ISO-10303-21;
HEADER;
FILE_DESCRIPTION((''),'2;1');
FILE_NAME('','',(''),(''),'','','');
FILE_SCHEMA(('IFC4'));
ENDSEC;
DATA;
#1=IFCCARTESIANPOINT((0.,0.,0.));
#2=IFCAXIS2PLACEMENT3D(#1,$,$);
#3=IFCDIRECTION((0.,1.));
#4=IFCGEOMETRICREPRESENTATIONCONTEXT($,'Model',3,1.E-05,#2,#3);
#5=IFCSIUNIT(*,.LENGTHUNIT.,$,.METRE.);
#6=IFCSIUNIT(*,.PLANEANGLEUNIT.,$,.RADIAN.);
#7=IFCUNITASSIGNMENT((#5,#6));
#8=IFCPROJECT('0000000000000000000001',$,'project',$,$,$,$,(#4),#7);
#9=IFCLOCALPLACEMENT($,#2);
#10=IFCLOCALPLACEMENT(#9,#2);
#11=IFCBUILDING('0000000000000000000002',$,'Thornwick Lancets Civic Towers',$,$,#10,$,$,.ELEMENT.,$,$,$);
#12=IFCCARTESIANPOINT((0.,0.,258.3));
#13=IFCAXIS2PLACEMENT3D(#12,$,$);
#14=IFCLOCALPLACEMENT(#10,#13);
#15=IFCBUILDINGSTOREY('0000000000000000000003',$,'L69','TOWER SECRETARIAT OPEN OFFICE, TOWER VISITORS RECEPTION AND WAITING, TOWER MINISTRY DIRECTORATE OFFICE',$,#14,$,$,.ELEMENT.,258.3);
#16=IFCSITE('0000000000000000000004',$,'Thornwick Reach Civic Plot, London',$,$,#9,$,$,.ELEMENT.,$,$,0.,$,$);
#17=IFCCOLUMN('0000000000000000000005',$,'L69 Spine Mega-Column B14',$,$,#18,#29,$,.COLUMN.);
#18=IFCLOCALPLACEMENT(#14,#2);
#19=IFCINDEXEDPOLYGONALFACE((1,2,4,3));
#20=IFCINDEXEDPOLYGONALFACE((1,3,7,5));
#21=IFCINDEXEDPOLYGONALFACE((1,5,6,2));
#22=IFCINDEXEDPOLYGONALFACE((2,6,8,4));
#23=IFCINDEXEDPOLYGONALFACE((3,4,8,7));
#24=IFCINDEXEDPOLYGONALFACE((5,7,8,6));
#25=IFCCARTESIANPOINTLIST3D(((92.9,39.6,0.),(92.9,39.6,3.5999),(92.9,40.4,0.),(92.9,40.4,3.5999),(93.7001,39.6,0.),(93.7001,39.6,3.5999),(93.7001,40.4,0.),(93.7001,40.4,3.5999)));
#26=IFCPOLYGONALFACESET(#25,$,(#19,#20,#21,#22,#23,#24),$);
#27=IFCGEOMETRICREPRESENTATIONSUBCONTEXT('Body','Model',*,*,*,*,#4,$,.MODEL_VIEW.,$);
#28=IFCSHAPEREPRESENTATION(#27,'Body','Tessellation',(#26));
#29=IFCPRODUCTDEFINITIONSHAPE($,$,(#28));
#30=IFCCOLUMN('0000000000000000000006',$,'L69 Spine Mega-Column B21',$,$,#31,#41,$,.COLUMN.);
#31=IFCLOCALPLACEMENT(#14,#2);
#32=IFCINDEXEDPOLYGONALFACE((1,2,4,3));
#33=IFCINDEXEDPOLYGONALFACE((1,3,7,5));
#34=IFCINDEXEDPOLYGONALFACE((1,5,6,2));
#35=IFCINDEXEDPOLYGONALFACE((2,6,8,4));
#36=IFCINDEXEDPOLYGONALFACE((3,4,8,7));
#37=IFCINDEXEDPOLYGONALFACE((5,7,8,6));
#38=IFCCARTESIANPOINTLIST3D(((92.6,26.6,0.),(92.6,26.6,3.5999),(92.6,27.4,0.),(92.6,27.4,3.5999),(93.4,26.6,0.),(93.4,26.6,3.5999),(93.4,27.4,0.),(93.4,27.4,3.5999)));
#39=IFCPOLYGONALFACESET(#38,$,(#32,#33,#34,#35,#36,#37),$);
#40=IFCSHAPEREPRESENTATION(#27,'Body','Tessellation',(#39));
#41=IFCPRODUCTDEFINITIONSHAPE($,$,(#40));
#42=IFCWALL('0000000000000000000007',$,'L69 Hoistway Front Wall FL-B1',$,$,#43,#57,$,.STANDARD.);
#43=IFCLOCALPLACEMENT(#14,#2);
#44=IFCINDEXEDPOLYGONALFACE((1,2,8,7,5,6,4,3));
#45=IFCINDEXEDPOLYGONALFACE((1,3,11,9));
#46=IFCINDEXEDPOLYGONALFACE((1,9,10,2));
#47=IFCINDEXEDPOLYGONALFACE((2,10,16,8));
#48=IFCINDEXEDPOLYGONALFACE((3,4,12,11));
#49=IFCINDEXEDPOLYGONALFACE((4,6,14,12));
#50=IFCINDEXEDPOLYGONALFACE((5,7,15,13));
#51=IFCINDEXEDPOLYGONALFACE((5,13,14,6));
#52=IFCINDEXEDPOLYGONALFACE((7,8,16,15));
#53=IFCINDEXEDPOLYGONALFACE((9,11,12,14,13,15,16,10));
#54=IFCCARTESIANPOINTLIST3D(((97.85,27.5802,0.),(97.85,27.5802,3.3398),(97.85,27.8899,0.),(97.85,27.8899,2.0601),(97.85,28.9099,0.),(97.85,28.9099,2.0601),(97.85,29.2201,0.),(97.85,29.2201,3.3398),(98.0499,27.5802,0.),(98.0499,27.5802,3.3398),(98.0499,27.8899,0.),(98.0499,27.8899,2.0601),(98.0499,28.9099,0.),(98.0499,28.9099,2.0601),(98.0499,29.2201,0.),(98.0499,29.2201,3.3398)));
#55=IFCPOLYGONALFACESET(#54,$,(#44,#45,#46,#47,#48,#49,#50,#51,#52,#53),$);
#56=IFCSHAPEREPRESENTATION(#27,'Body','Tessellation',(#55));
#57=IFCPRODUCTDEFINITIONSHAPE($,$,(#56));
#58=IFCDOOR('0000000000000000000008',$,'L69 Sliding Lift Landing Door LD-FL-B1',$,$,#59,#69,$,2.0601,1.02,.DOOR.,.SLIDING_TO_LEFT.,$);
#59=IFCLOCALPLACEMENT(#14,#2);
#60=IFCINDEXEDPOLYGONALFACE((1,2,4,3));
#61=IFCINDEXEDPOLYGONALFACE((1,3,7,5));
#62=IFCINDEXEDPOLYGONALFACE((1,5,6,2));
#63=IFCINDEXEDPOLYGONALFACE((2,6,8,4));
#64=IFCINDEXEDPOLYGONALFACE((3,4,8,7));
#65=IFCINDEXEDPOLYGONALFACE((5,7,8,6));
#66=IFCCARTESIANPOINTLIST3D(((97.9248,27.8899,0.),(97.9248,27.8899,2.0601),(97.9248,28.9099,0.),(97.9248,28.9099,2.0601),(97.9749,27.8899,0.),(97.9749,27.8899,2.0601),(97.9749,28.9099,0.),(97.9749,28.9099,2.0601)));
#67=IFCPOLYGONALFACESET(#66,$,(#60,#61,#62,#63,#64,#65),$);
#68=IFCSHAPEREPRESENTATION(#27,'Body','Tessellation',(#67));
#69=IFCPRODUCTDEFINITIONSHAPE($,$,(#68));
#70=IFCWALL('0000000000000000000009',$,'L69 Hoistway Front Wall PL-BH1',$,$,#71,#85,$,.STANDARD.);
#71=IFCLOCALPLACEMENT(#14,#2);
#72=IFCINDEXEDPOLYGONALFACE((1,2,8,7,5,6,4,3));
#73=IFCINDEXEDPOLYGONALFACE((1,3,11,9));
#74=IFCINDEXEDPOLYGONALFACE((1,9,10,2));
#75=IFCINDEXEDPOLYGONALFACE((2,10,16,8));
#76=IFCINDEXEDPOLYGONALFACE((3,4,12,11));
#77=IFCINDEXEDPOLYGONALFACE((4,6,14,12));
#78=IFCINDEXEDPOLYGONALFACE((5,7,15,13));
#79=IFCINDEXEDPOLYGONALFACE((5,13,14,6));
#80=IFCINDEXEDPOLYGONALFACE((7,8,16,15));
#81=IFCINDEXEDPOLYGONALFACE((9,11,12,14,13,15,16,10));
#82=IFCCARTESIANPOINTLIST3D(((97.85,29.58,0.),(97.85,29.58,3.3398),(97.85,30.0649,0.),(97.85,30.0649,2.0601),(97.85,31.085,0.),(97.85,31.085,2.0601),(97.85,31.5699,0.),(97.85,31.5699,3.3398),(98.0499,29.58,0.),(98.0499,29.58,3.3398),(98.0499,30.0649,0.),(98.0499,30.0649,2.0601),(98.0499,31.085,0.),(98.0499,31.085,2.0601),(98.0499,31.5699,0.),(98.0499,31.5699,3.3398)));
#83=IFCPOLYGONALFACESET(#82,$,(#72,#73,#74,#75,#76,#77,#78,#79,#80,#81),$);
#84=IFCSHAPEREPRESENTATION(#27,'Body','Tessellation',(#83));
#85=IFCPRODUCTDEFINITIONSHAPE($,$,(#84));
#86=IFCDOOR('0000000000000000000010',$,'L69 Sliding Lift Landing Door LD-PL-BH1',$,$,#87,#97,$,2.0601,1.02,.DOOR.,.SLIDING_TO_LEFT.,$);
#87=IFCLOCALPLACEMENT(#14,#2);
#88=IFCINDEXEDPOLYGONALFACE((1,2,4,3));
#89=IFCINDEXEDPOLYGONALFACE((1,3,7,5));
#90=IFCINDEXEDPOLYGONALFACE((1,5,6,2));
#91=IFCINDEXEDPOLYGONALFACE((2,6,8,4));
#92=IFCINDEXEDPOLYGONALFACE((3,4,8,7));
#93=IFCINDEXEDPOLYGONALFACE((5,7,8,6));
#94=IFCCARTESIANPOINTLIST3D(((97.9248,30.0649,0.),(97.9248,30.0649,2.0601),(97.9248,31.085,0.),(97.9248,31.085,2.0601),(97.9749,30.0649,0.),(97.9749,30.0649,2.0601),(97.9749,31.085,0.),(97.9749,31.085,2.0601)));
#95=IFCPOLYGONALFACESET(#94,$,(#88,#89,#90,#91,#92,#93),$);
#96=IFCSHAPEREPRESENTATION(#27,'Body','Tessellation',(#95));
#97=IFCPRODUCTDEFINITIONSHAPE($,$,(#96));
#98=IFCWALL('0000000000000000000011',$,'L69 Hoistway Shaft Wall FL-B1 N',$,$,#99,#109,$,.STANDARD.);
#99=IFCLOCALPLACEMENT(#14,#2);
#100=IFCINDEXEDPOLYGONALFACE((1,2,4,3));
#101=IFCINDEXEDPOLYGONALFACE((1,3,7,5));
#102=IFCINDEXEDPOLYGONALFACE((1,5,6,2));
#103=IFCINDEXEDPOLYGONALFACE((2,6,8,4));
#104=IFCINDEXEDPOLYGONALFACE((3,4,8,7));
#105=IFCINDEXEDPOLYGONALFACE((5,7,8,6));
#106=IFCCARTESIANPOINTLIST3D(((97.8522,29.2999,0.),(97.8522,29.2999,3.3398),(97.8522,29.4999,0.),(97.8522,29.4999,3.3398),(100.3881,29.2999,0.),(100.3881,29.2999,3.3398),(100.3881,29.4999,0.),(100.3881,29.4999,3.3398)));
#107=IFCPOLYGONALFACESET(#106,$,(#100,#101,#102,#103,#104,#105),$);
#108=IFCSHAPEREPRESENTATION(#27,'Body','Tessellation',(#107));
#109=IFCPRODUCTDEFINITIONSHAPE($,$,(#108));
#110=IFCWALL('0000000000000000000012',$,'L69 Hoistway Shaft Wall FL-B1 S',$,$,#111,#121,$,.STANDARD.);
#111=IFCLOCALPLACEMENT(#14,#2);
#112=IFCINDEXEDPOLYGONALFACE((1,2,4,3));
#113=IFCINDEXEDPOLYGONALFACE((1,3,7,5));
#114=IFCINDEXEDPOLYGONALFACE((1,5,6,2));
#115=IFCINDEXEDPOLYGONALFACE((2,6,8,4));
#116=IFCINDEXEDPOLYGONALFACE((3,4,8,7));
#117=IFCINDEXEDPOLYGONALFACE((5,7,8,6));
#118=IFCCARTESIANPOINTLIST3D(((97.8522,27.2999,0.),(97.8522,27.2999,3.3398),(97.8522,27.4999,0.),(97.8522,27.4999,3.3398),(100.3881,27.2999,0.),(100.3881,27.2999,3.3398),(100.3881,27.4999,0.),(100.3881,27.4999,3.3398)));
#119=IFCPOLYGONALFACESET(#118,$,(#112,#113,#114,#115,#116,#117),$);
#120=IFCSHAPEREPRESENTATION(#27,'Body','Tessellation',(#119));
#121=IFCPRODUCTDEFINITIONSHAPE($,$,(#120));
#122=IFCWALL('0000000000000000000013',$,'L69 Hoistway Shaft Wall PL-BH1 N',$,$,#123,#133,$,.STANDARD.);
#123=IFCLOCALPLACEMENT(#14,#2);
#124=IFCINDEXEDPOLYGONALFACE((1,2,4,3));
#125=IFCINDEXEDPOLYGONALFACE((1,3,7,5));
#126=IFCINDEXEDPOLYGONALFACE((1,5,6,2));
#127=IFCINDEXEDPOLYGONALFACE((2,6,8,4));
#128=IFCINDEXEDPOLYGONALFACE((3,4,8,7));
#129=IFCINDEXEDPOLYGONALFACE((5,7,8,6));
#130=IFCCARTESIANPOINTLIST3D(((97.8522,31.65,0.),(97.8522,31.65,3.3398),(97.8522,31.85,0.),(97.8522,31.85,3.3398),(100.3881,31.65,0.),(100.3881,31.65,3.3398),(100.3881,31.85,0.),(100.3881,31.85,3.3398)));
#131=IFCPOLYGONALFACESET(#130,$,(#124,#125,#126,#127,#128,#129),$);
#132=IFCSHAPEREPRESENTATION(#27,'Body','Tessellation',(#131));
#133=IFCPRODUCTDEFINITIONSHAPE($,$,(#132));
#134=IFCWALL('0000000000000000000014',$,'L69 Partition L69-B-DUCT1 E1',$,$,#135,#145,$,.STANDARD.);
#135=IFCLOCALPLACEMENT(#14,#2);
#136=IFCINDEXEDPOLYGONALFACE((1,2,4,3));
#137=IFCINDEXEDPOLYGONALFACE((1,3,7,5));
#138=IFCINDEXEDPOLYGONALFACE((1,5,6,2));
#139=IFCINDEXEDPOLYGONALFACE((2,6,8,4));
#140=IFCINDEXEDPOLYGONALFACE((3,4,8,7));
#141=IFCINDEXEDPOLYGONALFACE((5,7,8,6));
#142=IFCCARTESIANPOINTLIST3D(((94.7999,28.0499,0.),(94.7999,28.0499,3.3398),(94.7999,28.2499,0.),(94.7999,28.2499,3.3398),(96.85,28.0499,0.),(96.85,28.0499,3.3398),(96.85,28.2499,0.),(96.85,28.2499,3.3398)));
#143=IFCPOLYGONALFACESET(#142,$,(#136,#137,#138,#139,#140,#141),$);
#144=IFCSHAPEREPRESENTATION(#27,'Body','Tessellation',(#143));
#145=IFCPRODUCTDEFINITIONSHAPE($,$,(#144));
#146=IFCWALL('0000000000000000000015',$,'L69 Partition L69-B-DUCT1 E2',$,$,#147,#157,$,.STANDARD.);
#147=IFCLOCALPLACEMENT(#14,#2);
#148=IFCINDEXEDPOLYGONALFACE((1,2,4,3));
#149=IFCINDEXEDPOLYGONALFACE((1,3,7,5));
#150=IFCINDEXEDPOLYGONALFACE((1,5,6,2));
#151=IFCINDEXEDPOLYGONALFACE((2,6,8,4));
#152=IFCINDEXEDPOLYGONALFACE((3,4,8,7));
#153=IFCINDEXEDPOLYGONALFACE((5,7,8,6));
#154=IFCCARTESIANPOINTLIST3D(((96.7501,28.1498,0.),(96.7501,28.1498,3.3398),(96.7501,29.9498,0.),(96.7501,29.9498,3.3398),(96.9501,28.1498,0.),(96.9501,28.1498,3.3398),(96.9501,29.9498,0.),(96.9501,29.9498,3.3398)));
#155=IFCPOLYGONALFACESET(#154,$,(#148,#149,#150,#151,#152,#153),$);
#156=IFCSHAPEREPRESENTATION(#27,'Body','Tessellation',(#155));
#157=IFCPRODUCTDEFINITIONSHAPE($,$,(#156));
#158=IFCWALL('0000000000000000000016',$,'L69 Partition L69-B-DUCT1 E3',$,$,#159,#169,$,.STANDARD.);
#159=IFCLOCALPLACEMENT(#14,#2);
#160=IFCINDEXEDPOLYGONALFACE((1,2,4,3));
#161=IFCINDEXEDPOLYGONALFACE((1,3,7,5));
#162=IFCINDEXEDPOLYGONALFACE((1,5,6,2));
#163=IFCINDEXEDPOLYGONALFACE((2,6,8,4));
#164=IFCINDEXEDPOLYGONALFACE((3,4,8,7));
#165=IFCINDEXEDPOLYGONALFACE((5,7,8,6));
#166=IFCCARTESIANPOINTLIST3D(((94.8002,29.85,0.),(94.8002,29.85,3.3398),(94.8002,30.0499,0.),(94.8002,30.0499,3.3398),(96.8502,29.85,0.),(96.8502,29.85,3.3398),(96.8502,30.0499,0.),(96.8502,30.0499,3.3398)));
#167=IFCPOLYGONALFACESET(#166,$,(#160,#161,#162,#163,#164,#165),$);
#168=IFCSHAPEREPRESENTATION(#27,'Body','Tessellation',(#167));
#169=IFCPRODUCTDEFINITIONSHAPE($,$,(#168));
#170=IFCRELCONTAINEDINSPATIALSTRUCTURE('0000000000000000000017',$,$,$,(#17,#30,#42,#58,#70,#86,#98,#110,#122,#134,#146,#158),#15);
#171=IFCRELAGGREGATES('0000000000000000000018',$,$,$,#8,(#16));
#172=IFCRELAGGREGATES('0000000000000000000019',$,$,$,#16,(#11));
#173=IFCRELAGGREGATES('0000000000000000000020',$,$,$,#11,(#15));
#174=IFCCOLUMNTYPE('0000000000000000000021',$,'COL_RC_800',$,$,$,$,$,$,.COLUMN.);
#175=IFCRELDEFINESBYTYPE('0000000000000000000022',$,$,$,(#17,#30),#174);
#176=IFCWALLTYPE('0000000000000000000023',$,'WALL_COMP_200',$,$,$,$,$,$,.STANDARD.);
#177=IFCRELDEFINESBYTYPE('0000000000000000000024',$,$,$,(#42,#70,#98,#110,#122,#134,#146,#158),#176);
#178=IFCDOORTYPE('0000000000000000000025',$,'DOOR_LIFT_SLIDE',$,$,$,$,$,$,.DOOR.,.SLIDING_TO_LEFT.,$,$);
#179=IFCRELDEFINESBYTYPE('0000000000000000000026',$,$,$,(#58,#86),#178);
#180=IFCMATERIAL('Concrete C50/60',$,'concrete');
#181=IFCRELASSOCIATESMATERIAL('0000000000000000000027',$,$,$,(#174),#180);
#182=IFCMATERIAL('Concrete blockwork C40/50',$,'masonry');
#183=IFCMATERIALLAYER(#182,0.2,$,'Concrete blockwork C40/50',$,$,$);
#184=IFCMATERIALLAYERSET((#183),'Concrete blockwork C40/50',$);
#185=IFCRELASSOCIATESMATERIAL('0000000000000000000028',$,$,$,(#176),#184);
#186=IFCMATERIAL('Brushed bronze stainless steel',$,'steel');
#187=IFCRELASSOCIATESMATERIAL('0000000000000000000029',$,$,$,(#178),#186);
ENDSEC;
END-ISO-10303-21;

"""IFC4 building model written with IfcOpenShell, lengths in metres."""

from ifc_helpers import new_model, si_unit, direction, frame, frame_2d, origin, origin_2d, place, context, subcontext, project, spatial, rectangle, extrude, material, layer, layer_set, material_profile, profile_set, type_object, element, fill, save


model = new_model("IFC4")

# Units and contexts
model_context = context("Model", 3, precision=1e-05, world=origin(), true_north=direction((0.0, 1.0)))
body_context = subcontext(model_context, "Body", "Model", "MODEL_VIEW")
ifc_project = project(units=[si_unit("LENGTHUNIT", "METRE"), si_unit("PLANEANGLEUNIT", "RADIAN")], contexts=[model_context])

# Site, building, storey
site_placement = place(None, origin())
site = spatial("IfcSite", under=ifc_project, at=site_placement, Name="Thornwick Reach Civic Plot, London", CompositionType="ELEMENT", RefElevation=0.0)
building_placement = place(site_placement, origin())
building = spatial("IfcBuilding", under=site, at=building_placement, Name="Thornwick Lancets Civic Towers", CompositionType="ELEMENT")
storey_placement = place(building_placement, frame((0.0, 0.0, 258.3)))
storey = spatial("IfcBuildingStorey", under=building, at=storey_placement, Name="L69", Description="TOWER SECRETARIAT OPEN OFFICE, TOWER VISITORS RECEPTION AND WAITING, TOWER MINISTRY DIRECTORATE OFFICE", CompositionType="ELEMENT", Elevation=258.3)

# Columns
ifc_material_1 = material(Name="Concrete C50/60", Category="concrete")
ifc_material_profile = material_profile(ifc_material_1, rectangle(XDim=0.8, YDim=0.8, at=origin_2d()), Name="RC 800x800")
ifc_profile_set = profile_set([ifc_material_profile], Name="Concrete C50/60")
column_type = type_object("IfcColumnType", Name="COL_RC_800", PredefinedType="COLUMN", material=ifc_profile_set)
for number, where, z_axis, x_axis, name in (
    (1, (93.3, 40.0, 0.0), (0.0, 0.0, 1.0), (1.0, 0.0, 0.0), "L69 Spine Mega-Column B14"),
    (2, (93.0, 27.0, 0.0), (0.0, 0.0, 1.0), (1.0, 0.0, 0.0), "L69 Spine Mega-Column B21"),
):
    element("IfcColumn", number, at=place(storey_placement, frame(where, z_axis=z_axis, x_axis=x_axis)), inside=storey, type_object=column_type, Name=name, PredefinedType="COLUMN", context=body_context, shape_type="SweptSolid", body=[
        extrude(rectangle(XDim=0.8, YDim=0.8, at=origin_2d()), origin(), (0.0, 0.0, 1.0), 3.5999),
    ])

# Walls, openings, doors
ifc_material_2 = material(Name="Concrete blockwork C40/50", Category="masonry")
ifc_layer_1 = layer(ifc_material_2, 0.2, Name="Concrete blockwork C40/50")
ifc_layer_set_1 = layer_set([ifc_layer_1], Name="Concrete blockwork C40/50")
wall_type_1 = type_object("IfcWallType", Name="WALL_COMP_200", PredefinedType="STANDARD", material=ifc_layer_set_1)
wall_1_placement = place(storey_placement, frame((97.95, 29.22, 0.0), z_axis=(0.0, 0.0, 1.0), x_axis=(0.0, -1.0, 0.0)))
wall_1 = element("IfcWall", 3, at=wall_1_placement, inside=storey, type_object=wall_type_1, Name="L69 Hoistway Front Wall FL-B1", PredefinedType="STANDARD", context=body_context, shape_type="SweptSolid", body=[
    extrude(rectangle(XDim=1.6399, YDim=0.2, at=frame_2d((0.8198, 0.0))), origin(), (0.0, 0.0, 1.0), 3.3398),
])
opening_1_placement = place(wall_1_placement, frame((0.3101, 0.0, 0.0)))
opening_1 = element("IfcOpeningElement", 4, at=opening_1_placement, cuts=wall_1, PredefinedType="OPENING", context=body_context, shape_type="SweptSolid", body=[
    extrude(rectangle(XDim=1.02, YDim=2.0601, at=frame_2d((0.51, 1.03))), frame((0.0, 0.1099, 0.0), z_axis=(0.0, -1.0, 0.0), x_axis=(1.0, 0.0, 0.0)), (0.0, 0.0, 1.0), 0.22),
])
ifc_material_3 = material(Name="Brushed bronze stainless steel", Category="steel")
door_type_1 = type_object("IfcDoorType", Name="DOOR_LIFT_SLIDE", OperationType="SLIDING_TO_LEFT", PredefinedType="DOOR", material=ifc_material_3)
door_1_placement = place(opening_1_placement, origin())
door_1 = element("IfcDoor", 5, at=door_1_placement, inside=storey, type_object=door_type_1, Name="L69 Sliding Lift Landing Door LD-FL-B1", OperationType="SLIDING_TO_LEFT", OverallHeight=2.0601, OverallWidth=1.02, PredefinedType="DOOR", context=body_context, shape_type="SweptSolid", body=[
    extrude(rectangle(XDim=1.02, YDim=2.0601, at=frame_2d((0.51, 1.03))), frame((0.0, 0.0249, 0.0), z_axis=(0.0, -1.0, 0.0), x_axis=(1.0, 0.0, 0.0)), (0.0, 0.0, 1.0), 0.05),
])
fill(opening_1, door_1)
wall_2_placement = place(storey_placement, frame((97.95, 31.5701, 0.0), z_axis=(0.0, 0.0, 1.0), x_axis=(0.0, -1.0, 0.0)))
wall_2 = element("IfcWall", 6, at=wall_2_placement, inside=storey, type_object=wall_type_1, Name="L69 Hoistway Front Wall PL-BH1", PredefinedType="STANDARD", context=body_context, shape_type="SweptSolid", body=[
    extrude(rectangle(XDim=1.99, YDim=0.2, at=frame_2d((0.9951, 0.0))), origin(), (0.0, 0.0, 1.0), 3.3398),
])
opening_2_placement = place(wall_2_placement, frame((0.4851, 0.0, 0.0)))
opening_2 = element("IfcOpeningElement", 7, at=opening_2_placement, cuts=wall_2, PredefinedType="OPENING", context=body_context, shape_type="SweptSolid", body=[
    extrude(rectangle(XDim=1.02, YDim=2.0601, at=frame_2d((0.51, 1.03))), frame((0.0, 0.1099, 0.0), z_axis=(0.0, -1.0, 0.0), x_axis=(1.0, 0.0, 0.0)), (0.0, 0.0, 1.0), 0.22),
])
door_2_placement = place(opening_2_placement, origin())
door_2 = element("IfcDoor", 8, at=door_2_placement, inside=storey, type_object=door_type_1, Name="L69 Sliding Lift Landing Door LD-PL-BH1", OperationType="SLIDING_TO_LEFT", OverallHeight=2.0601, OverallWidth=1.02, PredefinedType="DOOR", context=body_context, shape_type="SweptSolid", body=[
    extrude(rectangle(XDim=1.02, YDim=2.0601, at=frame_2d((0.51, 1.03))), frame((0.0, 0.0249, 0.0), z_axis=(0.0, -1.0, 0.0), x_axis=(1.0, 0.0, 0.0)), (0.0, 0.0, 1.0), 0.05),
])
fill(opening_2, door_2)

# Walls
for number, where, z_axis, x_axis, name in (
    (9, (97.8521, 29.3999, 0.0), (0.0, 0.0, 1.0), (1.0, 0.0, 0.0), "L69 Hoistway Shaft Wall FL-B1 N"),
    (10, (97.8521, 27.3999, 0.0), (0.0, 0.0, 1.0), (1.0, 0.0, 0.0), "L69 Hoistway Shaft Wall FL-B1 S"),
    (11, (97.8521, 31.75, 0.0), (0.0, 0.0, 1.0), (1.0, 0.0, 0.0), "L69 Hoistway Shaft Wall PL-BH1 N"),
):
    element("IfcWall", number, at=place(storey_placement, frame(where, z_axis=z_axis, x_axis=x_axis)), inside=storey, type_object=wall_type_1, Name=name, PredefinedType="STANDARD", context=body_context, shape_type="SweptSolid", body=[
        extrude(rectangle(XDim=2.5359, YDim=0.2, at=frame_2d((1.2681, 0.0))), origin(), (0.0, 0.0, 1.0), 3.3398),
    ])
wall_3_placement = place(storey_placement, frame((94.8, 28.1499, 0.0), z_axis=(0.0, 0.0, 1.0), x_axis=(1.0, 0.0, 0.0)))
element("IfcWall", 12, at=wall_3_placement, inside=storey, type_object=wall_type_1, Name="L69 Partition L69-B-DUCT1 E1", PredefinedType="STANDARD", context=body_context, shape_type="SweptSolid", body=[
    extrude(rectangle(XDim=2.05, YDim=0.2, at=frame_2d((1.0249, 0.0))), origin(), (0.0, 0.0, 1.0), 3.3398),
])
wall_4_placement = place(storey_placement, frame((96.8501, 28.1499, 0.0), z_axis=(0.0, 0.0, 1.0), x_axis=(0.0, 1.0, 0.0)))
element("IfcWall", 13, at=wall_4_placement, inside=storey, type_object=wall_type_1, Name="L69 Partition L69-B-DUCT1 E2", PredefinedType="STANDARD", context=body_context, shape_type="SweptSolid", body=[
    extrude(rectangle(XDim=1.8, YDim=0.2, at=frame_2d((0.8999, 0.0))), origin(), (0.0, 0.0, 1.0), 3.3398),
])
wall_5_placement = place(storey_placement, frame((96.8501, 29.95, 0.0), z_axis=(0.0, 0.0, 1.0), x_axis=(-1.0, 0.0, 0.0)))
element("IfcWall", 14, at=wall_5_placement, inside=storey, type_object=wall_type_1, Name="L69 Partition L69-B-DUCT1 E3", PredefinedType="STANDARD", context=body_context, shape_type="SweptSolid", body=[
    extrude(rectangle(XDim=2.05, YDim=0.2, at=frame_2d((1.0249, 0.0))), origin(), (0.0, 0.0, 1.0), 3.3398),
])

save(model, "model.ifc")
